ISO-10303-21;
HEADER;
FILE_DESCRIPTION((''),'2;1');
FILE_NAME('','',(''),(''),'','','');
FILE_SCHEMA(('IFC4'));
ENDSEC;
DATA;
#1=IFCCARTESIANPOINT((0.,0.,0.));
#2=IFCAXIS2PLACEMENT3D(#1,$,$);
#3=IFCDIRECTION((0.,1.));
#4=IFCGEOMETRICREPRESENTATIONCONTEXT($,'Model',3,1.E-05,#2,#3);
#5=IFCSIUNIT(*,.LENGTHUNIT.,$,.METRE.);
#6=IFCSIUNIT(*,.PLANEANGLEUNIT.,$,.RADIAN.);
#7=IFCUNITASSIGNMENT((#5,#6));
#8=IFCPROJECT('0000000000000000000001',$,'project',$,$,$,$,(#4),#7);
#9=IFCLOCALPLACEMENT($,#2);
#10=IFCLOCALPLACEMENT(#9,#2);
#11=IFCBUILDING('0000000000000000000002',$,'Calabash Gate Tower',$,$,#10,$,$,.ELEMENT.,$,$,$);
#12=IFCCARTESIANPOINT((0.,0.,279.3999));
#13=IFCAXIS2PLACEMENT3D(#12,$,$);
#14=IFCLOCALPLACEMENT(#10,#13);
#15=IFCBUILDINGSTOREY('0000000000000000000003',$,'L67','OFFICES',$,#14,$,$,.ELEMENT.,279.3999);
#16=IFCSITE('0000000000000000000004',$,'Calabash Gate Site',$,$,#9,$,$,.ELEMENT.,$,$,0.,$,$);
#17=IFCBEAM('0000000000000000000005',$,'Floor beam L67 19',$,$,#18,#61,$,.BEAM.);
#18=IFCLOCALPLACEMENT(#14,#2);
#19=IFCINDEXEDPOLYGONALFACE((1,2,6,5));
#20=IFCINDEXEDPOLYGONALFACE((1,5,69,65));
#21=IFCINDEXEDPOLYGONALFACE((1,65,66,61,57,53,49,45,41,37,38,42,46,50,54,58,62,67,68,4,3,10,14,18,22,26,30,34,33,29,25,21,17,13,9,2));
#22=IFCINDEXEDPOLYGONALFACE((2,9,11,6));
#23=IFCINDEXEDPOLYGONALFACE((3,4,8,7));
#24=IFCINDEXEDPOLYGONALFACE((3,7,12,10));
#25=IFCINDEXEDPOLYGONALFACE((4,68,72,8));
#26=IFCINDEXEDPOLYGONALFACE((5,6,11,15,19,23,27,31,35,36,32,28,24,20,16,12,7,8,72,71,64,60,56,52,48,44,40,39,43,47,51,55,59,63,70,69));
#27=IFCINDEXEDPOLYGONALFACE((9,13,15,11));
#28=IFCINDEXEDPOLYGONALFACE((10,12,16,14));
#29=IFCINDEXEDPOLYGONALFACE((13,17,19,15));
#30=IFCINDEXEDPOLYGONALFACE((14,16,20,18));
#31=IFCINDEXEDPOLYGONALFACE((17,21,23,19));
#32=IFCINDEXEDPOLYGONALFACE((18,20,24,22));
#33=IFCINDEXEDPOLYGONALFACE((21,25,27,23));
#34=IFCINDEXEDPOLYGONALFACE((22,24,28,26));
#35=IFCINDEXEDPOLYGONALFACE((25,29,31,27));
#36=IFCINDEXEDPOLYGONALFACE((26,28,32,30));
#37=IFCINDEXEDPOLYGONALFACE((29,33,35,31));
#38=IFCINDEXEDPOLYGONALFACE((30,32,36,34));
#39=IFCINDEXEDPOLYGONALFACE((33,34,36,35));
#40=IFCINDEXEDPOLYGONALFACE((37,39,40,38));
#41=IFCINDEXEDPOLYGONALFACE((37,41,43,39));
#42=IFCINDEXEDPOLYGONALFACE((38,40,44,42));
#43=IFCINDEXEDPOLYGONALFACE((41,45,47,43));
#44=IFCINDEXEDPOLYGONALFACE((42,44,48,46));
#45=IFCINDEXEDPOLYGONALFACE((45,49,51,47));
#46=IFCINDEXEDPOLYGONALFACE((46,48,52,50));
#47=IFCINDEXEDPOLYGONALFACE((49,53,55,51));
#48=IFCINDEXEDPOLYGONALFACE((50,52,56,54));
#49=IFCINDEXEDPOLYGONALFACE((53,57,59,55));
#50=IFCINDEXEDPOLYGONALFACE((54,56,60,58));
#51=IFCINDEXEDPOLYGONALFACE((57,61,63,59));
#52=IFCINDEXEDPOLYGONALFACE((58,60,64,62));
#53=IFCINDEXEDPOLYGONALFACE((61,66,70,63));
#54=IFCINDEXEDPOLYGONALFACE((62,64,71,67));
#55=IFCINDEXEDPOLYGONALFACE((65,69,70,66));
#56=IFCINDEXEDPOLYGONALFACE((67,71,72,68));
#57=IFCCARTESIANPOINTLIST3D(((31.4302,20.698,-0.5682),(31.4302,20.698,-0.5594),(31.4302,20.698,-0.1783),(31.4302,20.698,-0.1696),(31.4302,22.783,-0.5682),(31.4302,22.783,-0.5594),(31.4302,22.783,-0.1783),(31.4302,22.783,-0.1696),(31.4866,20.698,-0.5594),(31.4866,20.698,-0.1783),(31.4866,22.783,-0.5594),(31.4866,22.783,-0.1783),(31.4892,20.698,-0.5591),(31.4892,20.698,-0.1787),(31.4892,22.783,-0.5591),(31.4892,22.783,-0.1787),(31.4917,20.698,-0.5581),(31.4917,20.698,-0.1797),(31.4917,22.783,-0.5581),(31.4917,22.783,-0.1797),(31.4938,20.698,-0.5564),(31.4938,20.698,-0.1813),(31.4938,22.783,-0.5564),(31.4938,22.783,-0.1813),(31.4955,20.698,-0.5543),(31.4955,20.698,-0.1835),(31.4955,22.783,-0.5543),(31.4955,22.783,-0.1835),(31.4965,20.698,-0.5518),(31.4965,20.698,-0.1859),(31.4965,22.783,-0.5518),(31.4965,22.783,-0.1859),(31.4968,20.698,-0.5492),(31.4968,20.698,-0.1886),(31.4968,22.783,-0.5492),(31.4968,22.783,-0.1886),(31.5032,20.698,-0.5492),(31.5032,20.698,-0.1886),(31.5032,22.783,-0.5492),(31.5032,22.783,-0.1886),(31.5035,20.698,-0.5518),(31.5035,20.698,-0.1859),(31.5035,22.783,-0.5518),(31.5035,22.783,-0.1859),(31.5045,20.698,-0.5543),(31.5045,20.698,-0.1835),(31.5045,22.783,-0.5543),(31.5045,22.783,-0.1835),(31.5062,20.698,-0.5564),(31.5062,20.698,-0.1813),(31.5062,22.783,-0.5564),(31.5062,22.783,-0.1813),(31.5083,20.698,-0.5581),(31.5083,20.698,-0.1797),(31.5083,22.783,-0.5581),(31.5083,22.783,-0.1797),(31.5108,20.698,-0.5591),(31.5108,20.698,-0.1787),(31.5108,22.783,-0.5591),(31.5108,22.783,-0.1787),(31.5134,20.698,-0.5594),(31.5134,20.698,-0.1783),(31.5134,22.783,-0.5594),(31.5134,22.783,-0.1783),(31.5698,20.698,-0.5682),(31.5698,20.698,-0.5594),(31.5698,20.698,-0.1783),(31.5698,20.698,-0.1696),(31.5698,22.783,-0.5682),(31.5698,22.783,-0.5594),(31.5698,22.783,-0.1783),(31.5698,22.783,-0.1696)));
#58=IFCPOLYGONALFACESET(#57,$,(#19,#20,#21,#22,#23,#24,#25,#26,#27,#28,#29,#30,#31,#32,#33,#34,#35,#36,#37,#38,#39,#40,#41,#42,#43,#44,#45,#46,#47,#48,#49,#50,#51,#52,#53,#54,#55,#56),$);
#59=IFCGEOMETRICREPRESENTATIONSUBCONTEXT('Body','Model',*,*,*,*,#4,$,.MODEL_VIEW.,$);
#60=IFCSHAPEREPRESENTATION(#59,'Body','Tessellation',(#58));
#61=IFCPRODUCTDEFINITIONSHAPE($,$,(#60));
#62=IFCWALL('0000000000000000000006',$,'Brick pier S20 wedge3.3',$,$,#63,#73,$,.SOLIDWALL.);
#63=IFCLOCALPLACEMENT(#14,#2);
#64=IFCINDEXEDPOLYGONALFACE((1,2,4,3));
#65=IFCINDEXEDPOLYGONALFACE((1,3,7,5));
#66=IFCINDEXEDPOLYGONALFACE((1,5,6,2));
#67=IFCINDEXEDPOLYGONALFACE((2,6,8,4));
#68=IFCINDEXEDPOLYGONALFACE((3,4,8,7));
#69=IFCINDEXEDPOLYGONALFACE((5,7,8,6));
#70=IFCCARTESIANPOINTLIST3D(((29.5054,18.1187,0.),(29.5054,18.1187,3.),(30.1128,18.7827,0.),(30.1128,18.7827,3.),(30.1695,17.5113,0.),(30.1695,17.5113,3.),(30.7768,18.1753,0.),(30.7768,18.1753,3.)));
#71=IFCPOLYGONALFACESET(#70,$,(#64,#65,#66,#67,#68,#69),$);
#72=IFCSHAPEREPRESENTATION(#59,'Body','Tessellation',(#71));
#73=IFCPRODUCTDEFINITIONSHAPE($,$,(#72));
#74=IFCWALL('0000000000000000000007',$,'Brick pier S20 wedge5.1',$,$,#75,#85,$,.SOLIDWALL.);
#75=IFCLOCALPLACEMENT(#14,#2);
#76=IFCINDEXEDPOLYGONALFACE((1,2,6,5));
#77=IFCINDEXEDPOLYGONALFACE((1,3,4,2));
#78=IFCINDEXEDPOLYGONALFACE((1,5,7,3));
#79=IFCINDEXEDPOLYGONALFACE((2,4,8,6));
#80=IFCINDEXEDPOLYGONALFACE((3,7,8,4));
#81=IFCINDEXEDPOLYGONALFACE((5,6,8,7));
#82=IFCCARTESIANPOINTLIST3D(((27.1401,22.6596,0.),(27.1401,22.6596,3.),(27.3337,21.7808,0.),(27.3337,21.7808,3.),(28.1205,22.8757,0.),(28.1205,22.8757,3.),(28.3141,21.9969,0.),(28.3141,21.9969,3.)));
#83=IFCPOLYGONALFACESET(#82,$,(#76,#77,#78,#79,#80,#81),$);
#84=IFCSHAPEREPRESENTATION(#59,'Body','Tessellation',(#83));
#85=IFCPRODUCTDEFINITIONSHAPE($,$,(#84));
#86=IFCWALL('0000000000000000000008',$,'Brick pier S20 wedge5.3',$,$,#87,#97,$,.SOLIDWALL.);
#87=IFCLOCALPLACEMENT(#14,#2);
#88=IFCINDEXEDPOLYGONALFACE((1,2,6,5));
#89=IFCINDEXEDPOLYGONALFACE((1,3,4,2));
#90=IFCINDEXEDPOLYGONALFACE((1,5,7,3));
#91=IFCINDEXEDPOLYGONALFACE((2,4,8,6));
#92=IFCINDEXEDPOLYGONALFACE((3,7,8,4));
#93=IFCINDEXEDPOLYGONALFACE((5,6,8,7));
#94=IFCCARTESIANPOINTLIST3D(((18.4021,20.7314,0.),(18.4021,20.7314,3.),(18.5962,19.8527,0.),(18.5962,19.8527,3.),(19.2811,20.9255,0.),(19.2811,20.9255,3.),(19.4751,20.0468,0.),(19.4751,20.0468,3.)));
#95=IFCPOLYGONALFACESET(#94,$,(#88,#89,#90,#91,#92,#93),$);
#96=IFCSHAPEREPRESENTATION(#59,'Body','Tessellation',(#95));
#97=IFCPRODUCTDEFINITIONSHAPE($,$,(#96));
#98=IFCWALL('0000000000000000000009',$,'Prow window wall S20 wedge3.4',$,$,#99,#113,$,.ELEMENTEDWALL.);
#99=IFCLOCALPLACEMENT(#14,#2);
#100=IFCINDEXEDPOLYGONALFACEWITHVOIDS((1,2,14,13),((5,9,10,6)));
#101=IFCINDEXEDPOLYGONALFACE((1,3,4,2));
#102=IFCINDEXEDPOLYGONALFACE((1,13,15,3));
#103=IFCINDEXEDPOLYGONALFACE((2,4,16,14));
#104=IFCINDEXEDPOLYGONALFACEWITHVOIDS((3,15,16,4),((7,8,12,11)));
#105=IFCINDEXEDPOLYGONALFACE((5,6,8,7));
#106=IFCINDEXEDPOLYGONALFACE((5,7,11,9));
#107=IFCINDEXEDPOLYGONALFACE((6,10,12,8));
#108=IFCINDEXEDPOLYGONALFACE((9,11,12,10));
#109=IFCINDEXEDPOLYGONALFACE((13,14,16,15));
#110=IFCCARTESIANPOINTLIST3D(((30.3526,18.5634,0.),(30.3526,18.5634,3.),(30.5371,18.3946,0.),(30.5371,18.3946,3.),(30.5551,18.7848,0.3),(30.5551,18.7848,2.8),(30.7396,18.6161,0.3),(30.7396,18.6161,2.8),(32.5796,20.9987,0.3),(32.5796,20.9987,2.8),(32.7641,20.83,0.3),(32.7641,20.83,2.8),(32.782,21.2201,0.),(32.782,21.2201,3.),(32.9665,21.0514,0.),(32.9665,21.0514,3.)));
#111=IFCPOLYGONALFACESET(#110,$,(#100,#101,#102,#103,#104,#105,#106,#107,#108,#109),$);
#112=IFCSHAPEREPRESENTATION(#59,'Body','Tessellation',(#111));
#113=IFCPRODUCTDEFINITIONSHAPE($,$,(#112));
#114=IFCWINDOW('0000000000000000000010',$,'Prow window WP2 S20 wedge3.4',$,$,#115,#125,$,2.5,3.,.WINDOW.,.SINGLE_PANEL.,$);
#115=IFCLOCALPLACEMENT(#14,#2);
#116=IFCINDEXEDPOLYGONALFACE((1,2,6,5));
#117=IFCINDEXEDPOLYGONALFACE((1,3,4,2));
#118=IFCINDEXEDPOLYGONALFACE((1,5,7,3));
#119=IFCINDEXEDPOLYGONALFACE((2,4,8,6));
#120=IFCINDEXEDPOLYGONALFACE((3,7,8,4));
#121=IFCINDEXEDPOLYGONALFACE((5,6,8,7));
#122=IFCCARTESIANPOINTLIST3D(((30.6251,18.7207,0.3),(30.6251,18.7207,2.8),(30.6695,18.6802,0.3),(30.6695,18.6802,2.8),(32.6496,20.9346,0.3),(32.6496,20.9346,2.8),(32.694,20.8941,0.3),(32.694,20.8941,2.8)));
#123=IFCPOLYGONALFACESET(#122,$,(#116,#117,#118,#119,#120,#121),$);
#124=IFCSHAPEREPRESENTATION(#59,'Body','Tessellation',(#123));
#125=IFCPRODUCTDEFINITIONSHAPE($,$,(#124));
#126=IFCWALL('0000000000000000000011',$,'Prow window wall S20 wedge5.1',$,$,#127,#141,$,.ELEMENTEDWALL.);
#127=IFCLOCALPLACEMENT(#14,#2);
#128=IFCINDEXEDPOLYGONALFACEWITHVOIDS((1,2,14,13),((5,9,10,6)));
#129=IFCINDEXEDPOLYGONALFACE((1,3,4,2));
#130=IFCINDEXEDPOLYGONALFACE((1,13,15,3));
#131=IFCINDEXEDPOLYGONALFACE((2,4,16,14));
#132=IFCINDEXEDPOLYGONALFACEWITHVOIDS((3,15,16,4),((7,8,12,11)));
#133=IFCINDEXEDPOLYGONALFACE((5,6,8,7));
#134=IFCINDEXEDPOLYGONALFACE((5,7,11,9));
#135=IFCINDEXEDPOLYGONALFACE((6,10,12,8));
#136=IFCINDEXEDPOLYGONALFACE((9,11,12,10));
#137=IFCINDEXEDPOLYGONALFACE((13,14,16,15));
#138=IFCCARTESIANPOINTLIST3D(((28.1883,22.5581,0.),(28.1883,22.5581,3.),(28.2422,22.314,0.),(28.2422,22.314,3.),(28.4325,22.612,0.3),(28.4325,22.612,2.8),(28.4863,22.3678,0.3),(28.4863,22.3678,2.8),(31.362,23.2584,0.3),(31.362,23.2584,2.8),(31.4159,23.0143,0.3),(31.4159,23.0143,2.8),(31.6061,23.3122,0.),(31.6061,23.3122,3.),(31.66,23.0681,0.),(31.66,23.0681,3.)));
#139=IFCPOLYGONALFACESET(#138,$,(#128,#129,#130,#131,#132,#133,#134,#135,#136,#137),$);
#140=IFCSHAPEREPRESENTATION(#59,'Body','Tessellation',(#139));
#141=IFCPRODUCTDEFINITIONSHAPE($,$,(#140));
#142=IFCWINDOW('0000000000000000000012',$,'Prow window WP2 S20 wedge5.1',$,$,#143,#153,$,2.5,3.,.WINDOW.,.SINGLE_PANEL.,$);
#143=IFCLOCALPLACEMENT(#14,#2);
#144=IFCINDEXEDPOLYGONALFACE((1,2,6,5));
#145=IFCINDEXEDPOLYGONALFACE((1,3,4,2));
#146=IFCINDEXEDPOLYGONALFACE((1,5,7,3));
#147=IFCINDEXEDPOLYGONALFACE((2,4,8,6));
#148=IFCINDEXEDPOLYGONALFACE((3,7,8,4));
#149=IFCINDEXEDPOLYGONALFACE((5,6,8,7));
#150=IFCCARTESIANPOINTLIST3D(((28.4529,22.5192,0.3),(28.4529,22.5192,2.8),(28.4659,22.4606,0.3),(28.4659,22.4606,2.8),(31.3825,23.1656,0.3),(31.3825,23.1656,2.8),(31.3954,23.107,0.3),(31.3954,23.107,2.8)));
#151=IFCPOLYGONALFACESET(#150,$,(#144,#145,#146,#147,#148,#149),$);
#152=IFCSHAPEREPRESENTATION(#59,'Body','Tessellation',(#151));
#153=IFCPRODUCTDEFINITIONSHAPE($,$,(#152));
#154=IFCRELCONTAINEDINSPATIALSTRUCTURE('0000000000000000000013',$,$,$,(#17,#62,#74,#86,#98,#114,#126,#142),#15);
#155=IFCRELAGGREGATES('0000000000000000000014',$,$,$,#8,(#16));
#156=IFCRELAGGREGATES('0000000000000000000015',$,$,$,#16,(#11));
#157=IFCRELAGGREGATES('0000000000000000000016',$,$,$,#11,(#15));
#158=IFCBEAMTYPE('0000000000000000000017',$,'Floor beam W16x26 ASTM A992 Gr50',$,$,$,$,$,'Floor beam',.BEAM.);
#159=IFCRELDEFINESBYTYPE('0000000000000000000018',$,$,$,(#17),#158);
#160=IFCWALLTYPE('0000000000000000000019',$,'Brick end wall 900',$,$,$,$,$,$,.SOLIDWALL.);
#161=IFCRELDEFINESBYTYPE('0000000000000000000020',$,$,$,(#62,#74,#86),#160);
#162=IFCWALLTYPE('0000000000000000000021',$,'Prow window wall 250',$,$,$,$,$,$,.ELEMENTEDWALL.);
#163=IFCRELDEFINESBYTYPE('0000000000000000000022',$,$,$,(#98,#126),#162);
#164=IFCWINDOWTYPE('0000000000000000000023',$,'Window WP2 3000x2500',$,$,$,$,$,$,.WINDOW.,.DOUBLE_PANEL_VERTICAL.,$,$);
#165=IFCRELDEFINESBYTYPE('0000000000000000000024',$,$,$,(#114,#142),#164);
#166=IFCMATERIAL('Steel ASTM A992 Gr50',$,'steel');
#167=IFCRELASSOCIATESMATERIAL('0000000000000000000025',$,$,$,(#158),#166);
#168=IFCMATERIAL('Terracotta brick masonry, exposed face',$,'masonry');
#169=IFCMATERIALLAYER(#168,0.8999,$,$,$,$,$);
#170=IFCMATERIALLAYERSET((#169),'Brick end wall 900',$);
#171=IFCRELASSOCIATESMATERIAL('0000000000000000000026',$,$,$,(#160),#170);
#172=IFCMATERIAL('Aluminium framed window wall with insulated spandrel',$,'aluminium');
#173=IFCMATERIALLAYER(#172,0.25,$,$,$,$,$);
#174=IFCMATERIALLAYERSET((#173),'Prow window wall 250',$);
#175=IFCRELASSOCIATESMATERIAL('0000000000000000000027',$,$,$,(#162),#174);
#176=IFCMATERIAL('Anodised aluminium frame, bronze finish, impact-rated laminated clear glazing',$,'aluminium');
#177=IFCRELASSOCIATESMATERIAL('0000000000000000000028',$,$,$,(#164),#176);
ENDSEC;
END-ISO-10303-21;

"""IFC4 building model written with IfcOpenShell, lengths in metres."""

from ifc_helpers import new_model, si_unit, direction, frame, frame_2d, origin, origin_2d, place, context, subcontext, project, spatial, rectangle, i_section, extrude, material, layer, layer_set, material_profile, profile_set, type_object, element, fill, save


model = new_model("IFC4")

# Units and contexts
model_context = context("Model", 3, precision=1e-05, world=origin(), true_north=direction((0.0, 1.0)))
body_context = subcontext(model_context, "Body", "Model", "MODEL_VIEW")
ifc_project = project(units=[si_unit("LENGTHUNIT", "METRE"), si_unit("PLANEANGLEUNIT", "RADIAN")], contexts=[model_context])

# Site, building, storey
site_placement = place(None, origin())
site = spatial("IfcSite", under=ifc_project, at=site_placement, Name="Calabash Gate Site", CompositionType="ELEMENT", RefElevation=0.0)
building_placement = place(site_placement, origin())
building = spatial("IfcBuilding", under=site, at=building_placement, Name="Calabash Gate Tower", CompositionType="ELEMENT")
storey_placement = place(building_placement, frame((0.0, 0.0, 279.3999)))
storey = spatial("IfcBuildingStorey", under=building, at=storey_placement, Name="L67", Description="OFFICES", CompositionType="ELEMENT", Elevation=279.3999)

# Beam
ifc_material_1 = material(Name="Steel ASTM A992 Gr50", Category="steel")
ifc_material_profile_1 = material_profile(ifc_material_1, i_section(OverallWidth=0.1396, OverallDepth=0.3987, WebThickness=0.0063, FlangeThickness=0.0088, FilletRadius=0.0103, at=origin_2d()))
ifc_profile_set_1 = profile_set([ifc_material_profile_1], Name="Steel ASTM A992 Gr50")
beam_type_1 = type_object("IfcBeamType", Name="Floor beam W16x26 ASTM A992 Gr50", ElementType="Floor beam", PredefinedType="BEAM", material=ifc_profile_set_1)
beam_1_placement = place(storey_placement, frame((31.5, 20.698, -0.3689), z_axis=(0.0, 1.0, 0.0), x_axis=(-1.0, 0.0, 0.0)))
element("IfcBeam", 1, at=beam_1_placement, inside=storey, type_object=beam_type_1, Name="Floor beam L67 19", PredefinedType="BEAM", context=body_context, shape_type="SweptSolid", body=[
    extrude(i_section(OverallWidth=0.1396, OverallDepth=0.3987, WebThickness=0.0063, FlangeThickness=0.0088, FilletRadius=0.0103, at=origin_2d()), origin(), (0.0, 0.0, 1.0), 2.085),
])

# Walls
ifc_material_2 = material(Name="Terracotta brick masonry, exposed face", Category="masonry")
ifc_layer_1 = layer(ifc_material_2, 0.8999)
ifc_layer_set_1 = layer_set([ifc_layer_1], Name="Brick end wall 900")
wall_type_1 = type_object("IfcWallType", Name="Brick end wall 900", PredefinedType="SOLIDWALL", material=ifc_layer_set_1)
wall_1_placement = place(storey_placement, frame((30.4448, 18.479, 0.0), z_axis=(0.0, 0.0, 1.0), x_axis=(-0.674938, -0.737874, 0.0)))
element("IfcWall", 2, at=wall_1_placement, inside=storey, type_object=wall_type_1, Name="Brick pier S20 wedge3.3", PredefinedType="SOLIDWALL", context=body_context, shape_type="SweptSolid", body=[
    extrude(rectangle(XDim=0.8999, YDim=0.8999, at=frame_2d((0.45, 0.0))), origin(), (0.0, 0.0, 1.0), 3.0),
])
wall_2_placement = place(storey_placement, frame((28.2173, 22.4363, 0.0), z_axis=(0.0, 0.0, 1.0), x_axis=(-0.976569, -0.215205, 0.0)))
element("IfcWall", 3, at=wall_2_placement, inside=storey, type_object=wall_type_1, Name="Brick pier S20 wedge5.1", PredefinedType="SOLIDWALL", context=body_context, shape_type="SweptSolid", body=[
    extrude(rectangle(XDim=1.0039, YDim=0.8999, at=frame_2d((0.502, 0.0))), origin(), (0.0, 0.0, 1.0), 3.0),
])
wall_3_placement = place(storey_placement, frame((18.499, 20.292, 0.0), z_axis=(0.0, 0.0, 1.0), x_axis=(0.976473, 0.215638, 0.0)))
element("IfcWall", 4, at=wall_3_placement, inside=storey, type_object=wall_type_1, Name="Brick pier S20 wedge5.3", PredefinedType="SOLIDWALL", context=body_context, shape_type="SweptSolid", body=[
    extrude(rectangle(XDim=0.9001, YDim=0.8999, at=frame_2d((0.4502, 0.0))), origin(), (0.0, 0.0, 1.0), 3.0),
])

# Walls, openings, windows
ifc_material_3 = material(Name="Aluminium framed window wall with insulated spandrel", Category="aluminium")
ifc_layer_2 = layer(ifc_material_3, 0.25)
ifc_layer_set_2 = layer_set([ifc_layer_2], Name="Prow window wall 250")
wall_type_2 = type_object("IfcWallType", Name="Prow window wall 250", PredefinedType="ELEMENTEDWALL", material=ifc_layer_set_2)
wall_4_placement = place(storey_placement, frame((30.4448, 18.479, 0.0), z_axis=(0.0, 0.0, 1.0), x_axis=(0.674834, 0.73797, 0.0)))
wall_4 = element("IfcWall", 5, at=wall_4_placement, inside=storey, type_object=wall_type_2, Name="Prow window wall S20 wedge3.4", PredefinedType="ELEMENTEDWALL", context=body_context, shape_type="SweptSolid", body=[
    extrude(rectangle(XDim=3.6001, YDim=0.25, at=frame_2d((1.8, 0.0))), origin(), (0.0, 0.0, 1.0), 3.0),
])
opening_1_placement = place(wall_4_placement, frame((0.3, 0.0, 0.3)))
opening_1 = element("IfcOpeningElement", 6, at=opening_1_placement, cuts=wall_4, PredefinedType="OPENING", context=body_context, shape_type="SweptSolid", body=[
    extrude(rectangle(XDim=3.0, YDim=2.5, at=frame_2d((1.5, 1.25))), frame((0.0, 0.135, 0.0), z_axis=(0.0, -1.0, 0.0), x_axis=(1.0, 0.0, 0.0)), (0.0, 0.0, 1.0), 0.27),
])
ifc_material_4 = material(Name="Anodised aluminium frame, bronze finish, impact-rated laminated clear glazing", Category="aluminium")
window_type = type_object("IfcWindowType", Name="Window WP2 3000x2500", PartitioningType="DOUBLE_PANEL_VERTICAL", PredefinedType="WINDOW", material=ifc_material_4)
window_1_placement = place(opening_1_placement, origin())
window_1 = element("IfcWindow", 7, at=window_1_placement, inside=storey, type_object=window_type, Name="Prow window WP2 S20 wedge3.4", OverallHeight=2.5, OverallWidth=3.0, PartitioningType="SINGLE_PANEL", PredefinedType="WINDOW", context=body_context, shape_type="SweptSolid", body=[
    extrude(rectangle(XDim=3.0, YDim=2.5, at=frame_2d((1.5, 1.25))), frame((0.0, 0.03, 0.0), z_axis=(0.0, -1.0, 0.0), x_axis=(1.0, 0.0, 0.0)), (0.0, 0.0, 1.0), 0.0601),
])
fill(opening_1, window_1)
wall_5_placement = place(storey_placement, frame((31.6331, 23.1902, 0.0), z_axis=(0.0, 0.0, 1.0), x_axis=(-0.976509, -0.215475, 0.0)))
wall_5 = element("IfcWall", 8, at=wall_5_placement, inside=storey, type_object=wall_type_2, Name="Prow window wall S20 wedge5.1", PredefinedType="ELEMENTEDWALL", context=body_context, shape_type="SweptSolid", body=[
    extrude(rectangle(XDim=3.5, YDim=0.25, at=frame_2d((1.75, 0.0))), origin(), (0.0, 0.0, 1.0), 3.0),
])
opening_2_placement = place(wall_5_placement, frame((0.25, 0.0, 0.3)))
opening_2 = element("IfcOpeningElement", 9, at=opening_2_placement, cuts=wall_5, PredefinedType="OPENING", context=body_context, shape_type="SweptSolid", body=[
    extrude(rectangle(XDim=3.0, YDim=2.5, at=frame_2d((1.5, 1.25))), frame((0.0, 0.135, 0.0), z_axis=(0.0, -1.0, 0.0), x_axis=(1.0, 0.0, 0.0)), (0.0, 0.0, 1.0), 0.27),
])
window_2_placement = place(opening_2_placement, origin())
window_2 = element("IfcWindow", 10, at=window_2_placement, inside=storey, type_object=window_type, Name="Prow window WP2 S20 wedge5.1", OverallHeight=2.5, OverallWidth=3.0, PartitioningType="SINGLE_PANEL", PredefinedType="WINDOW", context=body_context, shape_type="SweptSolid", body=[
    extrude(rectangle(XDim=3.0, YDim=2.5, at=frame_2d((1.5, 1.25))), frame((0.0, 0.03, 0.0), z_axis=(0.0, -1.0, 0.0), x_axis=(1.0, 0.0, 0.0)), (0.0, 0.0, 1.0), 0.0601),
])
fill(opening_2, window_2)

save(model, "model.ifc")
